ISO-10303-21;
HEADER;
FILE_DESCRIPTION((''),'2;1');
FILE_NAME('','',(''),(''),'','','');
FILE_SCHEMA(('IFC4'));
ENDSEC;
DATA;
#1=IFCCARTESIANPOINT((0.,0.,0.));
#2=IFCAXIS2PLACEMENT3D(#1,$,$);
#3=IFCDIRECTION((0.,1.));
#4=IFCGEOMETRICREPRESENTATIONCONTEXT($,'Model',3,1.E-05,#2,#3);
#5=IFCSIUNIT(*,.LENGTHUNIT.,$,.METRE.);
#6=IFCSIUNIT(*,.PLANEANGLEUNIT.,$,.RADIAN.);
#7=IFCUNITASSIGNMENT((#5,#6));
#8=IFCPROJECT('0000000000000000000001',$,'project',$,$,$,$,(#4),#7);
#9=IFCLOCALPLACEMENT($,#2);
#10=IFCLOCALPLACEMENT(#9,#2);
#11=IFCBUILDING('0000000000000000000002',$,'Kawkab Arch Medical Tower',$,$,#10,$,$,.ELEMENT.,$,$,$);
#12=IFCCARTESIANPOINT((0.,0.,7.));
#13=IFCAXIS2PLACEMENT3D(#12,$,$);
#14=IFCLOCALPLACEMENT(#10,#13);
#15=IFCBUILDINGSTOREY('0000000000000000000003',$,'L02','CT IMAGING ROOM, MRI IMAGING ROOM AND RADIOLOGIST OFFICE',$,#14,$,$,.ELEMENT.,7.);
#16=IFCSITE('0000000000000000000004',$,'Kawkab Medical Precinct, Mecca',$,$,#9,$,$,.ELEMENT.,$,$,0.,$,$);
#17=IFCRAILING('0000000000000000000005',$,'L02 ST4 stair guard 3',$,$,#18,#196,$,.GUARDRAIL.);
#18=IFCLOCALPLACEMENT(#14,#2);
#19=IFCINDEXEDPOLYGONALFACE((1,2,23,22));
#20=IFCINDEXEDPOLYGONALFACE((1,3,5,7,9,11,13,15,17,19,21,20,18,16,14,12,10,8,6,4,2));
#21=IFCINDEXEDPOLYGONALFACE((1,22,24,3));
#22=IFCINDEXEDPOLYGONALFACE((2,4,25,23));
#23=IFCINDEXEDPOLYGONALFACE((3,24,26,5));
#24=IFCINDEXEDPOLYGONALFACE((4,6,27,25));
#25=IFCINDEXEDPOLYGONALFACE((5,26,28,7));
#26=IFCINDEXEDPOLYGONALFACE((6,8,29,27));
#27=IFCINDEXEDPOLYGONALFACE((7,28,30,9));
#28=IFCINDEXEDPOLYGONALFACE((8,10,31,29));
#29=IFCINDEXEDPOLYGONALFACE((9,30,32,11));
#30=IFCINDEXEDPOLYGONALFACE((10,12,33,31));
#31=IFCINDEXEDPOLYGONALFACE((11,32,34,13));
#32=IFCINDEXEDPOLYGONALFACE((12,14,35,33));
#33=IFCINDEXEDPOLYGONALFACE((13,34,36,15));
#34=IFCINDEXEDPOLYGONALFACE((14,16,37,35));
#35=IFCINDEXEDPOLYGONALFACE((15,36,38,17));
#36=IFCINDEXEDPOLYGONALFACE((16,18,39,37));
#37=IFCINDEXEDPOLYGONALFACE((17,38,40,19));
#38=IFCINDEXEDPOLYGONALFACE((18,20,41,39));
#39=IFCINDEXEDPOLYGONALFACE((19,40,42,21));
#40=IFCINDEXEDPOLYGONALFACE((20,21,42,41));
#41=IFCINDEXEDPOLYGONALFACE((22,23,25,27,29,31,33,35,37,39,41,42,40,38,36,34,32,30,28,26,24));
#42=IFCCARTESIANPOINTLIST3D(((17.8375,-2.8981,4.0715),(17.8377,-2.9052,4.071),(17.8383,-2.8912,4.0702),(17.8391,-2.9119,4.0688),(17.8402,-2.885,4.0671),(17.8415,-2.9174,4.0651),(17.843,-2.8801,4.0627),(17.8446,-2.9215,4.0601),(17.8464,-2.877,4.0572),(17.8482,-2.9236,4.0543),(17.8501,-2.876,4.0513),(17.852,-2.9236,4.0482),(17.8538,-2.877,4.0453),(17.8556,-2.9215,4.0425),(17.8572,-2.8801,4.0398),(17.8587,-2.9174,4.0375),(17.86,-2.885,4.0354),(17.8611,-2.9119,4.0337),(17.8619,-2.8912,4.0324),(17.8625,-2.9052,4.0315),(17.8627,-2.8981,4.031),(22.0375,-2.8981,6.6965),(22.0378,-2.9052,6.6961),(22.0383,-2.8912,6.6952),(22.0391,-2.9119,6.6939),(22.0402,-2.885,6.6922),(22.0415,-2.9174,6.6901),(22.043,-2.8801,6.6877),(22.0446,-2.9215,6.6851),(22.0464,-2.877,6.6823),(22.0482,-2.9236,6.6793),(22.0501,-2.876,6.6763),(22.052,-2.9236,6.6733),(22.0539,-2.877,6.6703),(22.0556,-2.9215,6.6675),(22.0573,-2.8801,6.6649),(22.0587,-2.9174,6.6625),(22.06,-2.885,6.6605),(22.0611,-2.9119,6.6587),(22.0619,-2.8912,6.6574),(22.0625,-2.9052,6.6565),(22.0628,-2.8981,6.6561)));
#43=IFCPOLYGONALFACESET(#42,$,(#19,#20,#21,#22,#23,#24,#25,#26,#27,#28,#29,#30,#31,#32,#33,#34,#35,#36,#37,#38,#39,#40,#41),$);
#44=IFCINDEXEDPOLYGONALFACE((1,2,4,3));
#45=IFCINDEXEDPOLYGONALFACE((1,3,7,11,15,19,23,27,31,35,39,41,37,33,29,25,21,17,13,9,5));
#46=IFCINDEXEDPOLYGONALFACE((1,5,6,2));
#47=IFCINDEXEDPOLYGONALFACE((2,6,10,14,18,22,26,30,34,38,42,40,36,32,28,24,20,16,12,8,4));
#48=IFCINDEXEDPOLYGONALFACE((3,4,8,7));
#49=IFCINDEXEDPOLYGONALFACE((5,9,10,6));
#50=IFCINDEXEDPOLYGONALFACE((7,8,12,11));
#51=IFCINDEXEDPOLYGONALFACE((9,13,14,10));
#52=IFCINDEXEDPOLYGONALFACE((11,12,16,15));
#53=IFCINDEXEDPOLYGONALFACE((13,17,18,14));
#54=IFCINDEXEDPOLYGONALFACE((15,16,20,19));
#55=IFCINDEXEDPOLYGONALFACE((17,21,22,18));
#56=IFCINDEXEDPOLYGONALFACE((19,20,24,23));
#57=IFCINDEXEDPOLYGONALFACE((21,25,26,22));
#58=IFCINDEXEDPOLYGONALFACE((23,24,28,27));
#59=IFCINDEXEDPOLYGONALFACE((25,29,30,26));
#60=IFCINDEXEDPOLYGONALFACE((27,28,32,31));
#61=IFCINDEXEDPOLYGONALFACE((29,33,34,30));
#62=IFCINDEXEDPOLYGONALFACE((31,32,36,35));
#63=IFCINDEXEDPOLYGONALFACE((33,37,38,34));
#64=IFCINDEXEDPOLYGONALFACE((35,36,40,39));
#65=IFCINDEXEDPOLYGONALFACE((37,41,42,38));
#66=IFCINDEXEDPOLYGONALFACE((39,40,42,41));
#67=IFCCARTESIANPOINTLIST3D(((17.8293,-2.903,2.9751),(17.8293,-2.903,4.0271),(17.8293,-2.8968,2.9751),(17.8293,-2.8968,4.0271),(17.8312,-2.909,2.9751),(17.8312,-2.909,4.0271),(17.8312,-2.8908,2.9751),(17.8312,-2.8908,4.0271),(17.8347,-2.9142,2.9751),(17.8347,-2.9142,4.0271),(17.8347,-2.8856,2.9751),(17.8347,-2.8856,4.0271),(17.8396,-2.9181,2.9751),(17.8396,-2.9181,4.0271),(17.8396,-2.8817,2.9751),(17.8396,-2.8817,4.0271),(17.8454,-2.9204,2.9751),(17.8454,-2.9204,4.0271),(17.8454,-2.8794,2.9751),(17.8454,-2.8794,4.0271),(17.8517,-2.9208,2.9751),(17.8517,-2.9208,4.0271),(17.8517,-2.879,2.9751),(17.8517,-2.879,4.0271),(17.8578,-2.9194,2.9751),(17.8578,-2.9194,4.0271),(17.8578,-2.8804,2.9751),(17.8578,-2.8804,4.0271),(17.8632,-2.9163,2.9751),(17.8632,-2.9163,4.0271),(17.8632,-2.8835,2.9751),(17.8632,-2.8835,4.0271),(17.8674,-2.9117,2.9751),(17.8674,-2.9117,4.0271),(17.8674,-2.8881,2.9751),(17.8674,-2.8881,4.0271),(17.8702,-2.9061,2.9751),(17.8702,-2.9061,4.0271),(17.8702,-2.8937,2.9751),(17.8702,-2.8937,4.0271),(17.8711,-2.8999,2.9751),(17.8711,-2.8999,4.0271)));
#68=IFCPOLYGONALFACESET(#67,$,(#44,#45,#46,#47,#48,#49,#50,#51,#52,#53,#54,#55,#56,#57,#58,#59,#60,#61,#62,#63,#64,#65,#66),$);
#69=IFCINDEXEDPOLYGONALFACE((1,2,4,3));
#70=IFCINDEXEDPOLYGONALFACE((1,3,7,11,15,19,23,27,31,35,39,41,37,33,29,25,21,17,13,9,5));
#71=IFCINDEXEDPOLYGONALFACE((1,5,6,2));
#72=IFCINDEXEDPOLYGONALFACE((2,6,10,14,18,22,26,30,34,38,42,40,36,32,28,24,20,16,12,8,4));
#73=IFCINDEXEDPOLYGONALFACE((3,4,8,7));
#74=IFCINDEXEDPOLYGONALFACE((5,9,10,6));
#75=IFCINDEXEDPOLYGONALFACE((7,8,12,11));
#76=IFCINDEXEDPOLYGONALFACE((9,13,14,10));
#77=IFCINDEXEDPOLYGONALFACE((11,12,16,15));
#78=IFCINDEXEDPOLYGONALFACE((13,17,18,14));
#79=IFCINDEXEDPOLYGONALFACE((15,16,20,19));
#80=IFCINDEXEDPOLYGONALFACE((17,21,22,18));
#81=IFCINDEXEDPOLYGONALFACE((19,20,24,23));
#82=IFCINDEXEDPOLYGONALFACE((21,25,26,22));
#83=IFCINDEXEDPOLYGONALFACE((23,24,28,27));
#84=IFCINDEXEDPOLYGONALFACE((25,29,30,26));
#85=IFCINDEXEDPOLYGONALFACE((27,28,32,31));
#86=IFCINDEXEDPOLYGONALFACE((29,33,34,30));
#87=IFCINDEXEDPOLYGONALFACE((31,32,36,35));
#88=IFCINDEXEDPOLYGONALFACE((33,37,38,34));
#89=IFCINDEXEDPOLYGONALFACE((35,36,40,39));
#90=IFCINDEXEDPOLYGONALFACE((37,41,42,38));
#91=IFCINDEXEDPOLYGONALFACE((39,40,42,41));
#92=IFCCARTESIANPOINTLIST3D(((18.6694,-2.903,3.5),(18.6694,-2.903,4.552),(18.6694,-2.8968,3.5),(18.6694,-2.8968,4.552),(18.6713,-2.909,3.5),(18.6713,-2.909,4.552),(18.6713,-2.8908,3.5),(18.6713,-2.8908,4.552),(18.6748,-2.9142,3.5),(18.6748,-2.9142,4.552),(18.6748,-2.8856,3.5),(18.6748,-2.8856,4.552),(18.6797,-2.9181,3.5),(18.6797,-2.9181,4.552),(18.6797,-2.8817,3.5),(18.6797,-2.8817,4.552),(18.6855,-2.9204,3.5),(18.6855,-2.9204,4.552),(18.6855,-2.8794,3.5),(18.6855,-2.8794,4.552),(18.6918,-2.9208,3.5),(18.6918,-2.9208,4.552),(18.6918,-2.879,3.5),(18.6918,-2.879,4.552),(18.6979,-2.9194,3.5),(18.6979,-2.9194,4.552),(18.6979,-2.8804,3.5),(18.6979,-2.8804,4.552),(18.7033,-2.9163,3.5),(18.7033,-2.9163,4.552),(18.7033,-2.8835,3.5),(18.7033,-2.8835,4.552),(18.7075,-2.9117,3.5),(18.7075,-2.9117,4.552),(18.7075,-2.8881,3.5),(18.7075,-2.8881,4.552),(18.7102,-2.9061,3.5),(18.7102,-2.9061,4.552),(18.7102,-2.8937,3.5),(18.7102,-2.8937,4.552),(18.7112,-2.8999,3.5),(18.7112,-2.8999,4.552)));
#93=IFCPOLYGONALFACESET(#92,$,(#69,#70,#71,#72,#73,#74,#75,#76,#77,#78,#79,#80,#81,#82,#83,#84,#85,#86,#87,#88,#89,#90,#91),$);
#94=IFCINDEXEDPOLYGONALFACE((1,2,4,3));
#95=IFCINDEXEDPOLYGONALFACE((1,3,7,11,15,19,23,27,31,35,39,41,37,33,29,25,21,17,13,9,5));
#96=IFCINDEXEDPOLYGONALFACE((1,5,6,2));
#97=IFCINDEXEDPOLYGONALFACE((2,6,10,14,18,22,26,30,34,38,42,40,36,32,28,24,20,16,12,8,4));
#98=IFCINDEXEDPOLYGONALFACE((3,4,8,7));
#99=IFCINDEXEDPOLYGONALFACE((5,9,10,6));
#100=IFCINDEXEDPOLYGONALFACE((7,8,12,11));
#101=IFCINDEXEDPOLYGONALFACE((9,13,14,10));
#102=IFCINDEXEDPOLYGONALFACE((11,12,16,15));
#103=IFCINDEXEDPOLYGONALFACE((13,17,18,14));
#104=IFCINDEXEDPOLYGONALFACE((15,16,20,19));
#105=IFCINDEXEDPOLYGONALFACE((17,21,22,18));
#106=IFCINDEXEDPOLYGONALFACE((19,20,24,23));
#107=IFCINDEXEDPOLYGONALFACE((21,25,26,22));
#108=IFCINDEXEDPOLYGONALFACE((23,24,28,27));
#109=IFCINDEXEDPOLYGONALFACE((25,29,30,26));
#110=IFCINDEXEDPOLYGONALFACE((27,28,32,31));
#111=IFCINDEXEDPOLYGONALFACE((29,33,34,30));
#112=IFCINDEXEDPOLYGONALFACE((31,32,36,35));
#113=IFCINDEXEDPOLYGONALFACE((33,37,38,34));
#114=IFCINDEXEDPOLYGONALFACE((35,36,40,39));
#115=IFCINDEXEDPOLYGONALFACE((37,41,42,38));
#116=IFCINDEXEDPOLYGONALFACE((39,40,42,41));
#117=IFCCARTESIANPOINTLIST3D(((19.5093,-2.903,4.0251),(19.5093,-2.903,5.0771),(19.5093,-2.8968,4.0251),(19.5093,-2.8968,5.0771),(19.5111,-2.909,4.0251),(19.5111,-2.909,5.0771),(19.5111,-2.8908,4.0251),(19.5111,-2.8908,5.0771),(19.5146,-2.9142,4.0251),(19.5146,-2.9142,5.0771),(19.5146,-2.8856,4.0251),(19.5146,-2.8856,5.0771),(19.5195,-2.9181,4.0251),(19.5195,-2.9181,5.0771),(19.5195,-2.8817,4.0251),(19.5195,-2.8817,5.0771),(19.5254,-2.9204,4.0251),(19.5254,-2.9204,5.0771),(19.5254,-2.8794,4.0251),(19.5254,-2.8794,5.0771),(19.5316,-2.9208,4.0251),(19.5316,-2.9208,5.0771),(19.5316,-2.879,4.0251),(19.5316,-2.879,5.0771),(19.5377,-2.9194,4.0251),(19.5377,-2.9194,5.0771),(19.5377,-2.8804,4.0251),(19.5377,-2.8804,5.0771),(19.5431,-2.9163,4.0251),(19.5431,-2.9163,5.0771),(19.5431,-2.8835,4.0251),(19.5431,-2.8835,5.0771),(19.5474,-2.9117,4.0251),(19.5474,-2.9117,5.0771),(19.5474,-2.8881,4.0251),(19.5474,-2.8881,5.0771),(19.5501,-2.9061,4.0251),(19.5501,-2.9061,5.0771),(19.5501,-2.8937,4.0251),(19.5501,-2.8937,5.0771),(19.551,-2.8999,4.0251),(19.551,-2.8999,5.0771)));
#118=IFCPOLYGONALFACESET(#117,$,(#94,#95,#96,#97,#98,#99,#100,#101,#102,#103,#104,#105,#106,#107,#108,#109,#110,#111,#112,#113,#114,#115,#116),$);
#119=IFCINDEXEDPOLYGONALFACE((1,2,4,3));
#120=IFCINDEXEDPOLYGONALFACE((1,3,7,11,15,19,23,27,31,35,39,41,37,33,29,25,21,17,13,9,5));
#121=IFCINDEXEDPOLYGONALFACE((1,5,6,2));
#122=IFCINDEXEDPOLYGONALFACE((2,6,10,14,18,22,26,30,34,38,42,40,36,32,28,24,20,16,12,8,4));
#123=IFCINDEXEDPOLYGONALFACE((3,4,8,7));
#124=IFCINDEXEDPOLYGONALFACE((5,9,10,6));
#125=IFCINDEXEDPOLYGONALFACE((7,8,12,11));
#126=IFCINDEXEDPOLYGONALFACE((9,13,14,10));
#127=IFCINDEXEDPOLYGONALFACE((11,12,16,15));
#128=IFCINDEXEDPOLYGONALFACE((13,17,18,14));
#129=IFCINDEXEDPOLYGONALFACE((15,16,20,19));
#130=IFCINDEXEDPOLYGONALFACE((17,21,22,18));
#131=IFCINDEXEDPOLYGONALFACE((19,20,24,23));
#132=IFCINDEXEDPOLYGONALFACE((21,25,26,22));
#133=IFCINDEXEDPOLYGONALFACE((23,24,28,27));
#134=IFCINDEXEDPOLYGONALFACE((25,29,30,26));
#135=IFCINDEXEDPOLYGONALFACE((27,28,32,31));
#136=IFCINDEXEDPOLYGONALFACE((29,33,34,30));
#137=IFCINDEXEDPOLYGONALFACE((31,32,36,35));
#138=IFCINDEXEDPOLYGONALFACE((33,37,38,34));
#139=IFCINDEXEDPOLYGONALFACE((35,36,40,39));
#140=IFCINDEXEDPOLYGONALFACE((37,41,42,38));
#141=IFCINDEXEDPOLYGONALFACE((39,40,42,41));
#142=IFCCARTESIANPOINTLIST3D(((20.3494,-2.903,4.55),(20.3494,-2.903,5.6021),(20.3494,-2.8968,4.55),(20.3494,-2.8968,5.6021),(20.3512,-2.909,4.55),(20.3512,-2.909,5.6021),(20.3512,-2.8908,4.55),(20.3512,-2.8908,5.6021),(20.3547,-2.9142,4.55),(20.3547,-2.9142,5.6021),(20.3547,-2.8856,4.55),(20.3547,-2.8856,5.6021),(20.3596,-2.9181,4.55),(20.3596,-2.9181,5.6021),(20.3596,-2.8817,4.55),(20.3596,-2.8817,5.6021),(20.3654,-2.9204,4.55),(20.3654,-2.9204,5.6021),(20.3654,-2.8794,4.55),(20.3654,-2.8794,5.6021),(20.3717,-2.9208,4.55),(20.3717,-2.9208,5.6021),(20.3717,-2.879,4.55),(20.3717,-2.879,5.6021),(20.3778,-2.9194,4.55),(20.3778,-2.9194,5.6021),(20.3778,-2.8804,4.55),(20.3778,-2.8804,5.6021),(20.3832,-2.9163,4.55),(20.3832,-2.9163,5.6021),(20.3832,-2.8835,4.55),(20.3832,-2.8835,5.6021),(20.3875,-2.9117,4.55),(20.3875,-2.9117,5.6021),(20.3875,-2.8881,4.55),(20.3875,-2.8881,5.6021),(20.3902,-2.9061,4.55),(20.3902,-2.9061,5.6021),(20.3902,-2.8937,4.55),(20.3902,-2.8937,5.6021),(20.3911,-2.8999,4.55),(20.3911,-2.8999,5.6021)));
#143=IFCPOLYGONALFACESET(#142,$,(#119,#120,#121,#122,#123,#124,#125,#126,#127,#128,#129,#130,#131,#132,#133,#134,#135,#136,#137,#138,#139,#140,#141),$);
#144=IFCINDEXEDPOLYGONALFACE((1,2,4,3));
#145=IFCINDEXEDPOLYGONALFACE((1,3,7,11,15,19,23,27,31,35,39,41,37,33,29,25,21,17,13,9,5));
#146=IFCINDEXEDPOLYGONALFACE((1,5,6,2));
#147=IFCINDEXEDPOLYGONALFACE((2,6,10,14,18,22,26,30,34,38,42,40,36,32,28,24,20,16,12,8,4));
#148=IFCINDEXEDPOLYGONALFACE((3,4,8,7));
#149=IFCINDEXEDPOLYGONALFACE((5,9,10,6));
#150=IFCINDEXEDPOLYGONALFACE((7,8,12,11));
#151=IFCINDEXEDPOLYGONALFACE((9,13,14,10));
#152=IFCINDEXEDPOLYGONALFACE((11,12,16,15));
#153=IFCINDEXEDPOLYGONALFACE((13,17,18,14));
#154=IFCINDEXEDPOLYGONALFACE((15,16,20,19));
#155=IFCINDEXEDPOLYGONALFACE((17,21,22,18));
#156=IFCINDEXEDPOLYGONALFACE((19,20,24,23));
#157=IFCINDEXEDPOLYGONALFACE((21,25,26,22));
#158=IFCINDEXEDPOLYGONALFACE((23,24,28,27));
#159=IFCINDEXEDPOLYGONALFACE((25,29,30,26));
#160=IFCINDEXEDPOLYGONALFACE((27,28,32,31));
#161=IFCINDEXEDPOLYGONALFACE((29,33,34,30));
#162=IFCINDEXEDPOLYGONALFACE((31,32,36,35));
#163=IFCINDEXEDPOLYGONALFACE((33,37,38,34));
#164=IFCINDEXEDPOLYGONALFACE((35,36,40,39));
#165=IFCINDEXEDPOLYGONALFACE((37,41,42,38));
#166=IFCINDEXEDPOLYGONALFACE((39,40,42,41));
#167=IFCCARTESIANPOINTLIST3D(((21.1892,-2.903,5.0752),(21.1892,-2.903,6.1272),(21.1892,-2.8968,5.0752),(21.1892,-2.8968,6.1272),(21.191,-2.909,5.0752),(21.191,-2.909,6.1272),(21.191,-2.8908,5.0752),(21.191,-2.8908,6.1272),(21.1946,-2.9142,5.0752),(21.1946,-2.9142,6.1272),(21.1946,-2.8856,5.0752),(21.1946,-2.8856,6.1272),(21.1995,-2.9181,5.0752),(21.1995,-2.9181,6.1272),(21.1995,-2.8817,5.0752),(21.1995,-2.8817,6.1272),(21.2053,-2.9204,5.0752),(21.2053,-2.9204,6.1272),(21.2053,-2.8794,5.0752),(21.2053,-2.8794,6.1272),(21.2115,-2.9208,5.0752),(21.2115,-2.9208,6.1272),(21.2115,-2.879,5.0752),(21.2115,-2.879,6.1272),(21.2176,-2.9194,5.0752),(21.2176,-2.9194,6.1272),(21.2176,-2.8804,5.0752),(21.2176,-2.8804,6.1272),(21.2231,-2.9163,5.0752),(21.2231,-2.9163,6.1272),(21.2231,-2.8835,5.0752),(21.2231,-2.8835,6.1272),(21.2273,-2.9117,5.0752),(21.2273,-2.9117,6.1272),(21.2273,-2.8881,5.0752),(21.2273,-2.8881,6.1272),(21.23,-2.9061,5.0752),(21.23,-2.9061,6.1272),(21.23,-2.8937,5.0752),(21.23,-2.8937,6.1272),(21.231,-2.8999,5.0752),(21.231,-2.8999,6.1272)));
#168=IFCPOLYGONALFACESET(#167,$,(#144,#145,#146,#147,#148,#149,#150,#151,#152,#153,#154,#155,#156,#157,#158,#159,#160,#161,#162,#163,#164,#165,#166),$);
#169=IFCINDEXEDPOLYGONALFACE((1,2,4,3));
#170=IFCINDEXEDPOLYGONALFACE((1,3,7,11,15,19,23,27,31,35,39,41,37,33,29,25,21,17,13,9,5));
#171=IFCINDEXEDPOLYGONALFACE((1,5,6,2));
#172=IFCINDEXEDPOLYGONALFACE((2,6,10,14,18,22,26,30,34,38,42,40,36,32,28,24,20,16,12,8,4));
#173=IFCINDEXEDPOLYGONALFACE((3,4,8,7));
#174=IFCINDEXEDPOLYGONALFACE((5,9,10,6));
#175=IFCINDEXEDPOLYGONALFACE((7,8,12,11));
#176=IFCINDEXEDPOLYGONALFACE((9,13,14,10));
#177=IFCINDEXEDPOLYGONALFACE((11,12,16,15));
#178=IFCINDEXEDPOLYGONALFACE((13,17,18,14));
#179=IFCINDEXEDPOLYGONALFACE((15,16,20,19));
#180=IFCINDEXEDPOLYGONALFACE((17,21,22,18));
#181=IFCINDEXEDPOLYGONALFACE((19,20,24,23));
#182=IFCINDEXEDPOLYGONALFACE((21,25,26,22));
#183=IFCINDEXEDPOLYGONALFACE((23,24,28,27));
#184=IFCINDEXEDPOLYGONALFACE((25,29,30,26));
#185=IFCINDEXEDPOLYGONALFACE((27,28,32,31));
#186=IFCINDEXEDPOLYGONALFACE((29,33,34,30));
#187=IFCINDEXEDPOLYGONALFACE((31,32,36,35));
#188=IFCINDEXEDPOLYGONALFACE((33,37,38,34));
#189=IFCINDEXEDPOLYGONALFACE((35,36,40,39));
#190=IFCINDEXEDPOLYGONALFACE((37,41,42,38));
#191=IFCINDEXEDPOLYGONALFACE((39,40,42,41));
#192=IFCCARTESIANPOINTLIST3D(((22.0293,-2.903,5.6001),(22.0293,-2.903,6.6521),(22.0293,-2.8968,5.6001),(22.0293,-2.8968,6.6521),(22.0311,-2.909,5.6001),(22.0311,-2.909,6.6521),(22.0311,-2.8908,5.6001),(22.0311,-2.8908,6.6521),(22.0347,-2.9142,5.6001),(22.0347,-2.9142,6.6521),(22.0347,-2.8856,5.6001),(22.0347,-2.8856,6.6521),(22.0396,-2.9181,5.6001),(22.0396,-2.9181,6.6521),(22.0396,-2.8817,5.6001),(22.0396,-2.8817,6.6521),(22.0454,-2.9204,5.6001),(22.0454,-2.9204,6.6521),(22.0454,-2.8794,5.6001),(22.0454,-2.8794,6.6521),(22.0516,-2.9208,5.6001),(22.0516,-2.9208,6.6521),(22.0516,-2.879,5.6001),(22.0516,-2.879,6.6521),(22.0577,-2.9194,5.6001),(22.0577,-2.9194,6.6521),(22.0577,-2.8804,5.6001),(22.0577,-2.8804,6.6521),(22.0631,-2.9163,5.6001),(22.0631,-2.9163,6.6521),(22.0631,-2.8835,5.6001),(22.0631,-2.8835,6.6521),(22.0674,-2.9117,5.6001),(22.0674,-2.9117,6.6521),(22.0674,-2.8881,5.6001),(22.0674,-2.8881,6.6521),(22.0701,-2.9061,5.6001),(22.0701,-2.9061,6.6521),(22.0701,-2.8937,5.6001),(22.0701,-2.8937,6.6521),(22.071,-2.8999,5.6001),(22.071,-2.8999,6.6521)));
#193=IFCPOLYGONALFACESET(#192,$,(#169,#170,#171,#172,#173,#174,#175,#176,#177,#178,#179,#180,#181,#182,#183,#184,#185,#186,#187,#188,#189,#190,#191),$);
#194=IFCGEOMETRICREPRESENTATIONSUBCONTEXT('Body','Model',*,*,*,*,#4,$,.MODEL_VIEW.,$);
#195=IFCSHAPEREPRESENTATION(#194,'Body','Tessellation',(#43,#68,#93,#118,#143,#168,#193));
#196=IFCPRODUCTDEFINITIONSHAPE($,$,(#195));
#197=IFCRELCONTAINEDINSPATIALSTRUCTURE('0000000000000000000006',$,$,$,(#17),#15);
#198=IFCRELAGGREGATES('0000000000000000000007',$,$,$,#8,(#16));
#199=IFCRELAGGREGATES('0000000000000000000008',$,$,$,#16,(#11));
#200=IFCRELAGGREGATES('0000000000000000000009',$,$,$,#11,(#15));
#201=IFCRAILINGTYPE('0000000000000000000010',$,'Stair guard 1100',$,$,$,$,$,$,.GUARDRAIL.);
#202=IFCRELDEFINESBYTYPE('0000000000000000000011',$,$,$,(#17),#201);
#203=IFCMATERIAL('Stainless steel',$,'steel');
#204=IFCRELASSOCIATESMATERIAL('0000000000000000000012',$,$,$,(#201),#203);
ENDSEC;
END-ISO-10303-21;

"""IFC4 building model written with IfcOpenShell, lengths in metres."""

from ifc_helpers import new_model, si_unit, direction, frame, origin, origin_2d, place, context, subcontext, project, spatial, circle, extrude, material, type_object, element, save


model = new_model("IFC4")

# Units and contexts
model_context = context("Model", 3, precision=1e-05, world=origin(), true_north=direction((0.0, 1.0)))
body_context = subcontext(model_context, "Body", "Model", "MODEL_VIEW")
ifc_project = project(units=[si_unit("LENGTHUNIT", "METRE"), si_unit("PLANEANGLEUNIT", "RADIAN")], contexts=[model_context])

# Site, building, storey
site_placement = place(None, origin())
site = spatial("IfcSite", under=ifc_project, at=site_placement, Name="Kawkab Medical Precinct, Mecca", CompositionType="ELEMENT", RefElevation=0.0)
building_placement = place(site_placement, origin())
building = spatial("IfcBuilding", under=site, at=building_placement, Name="Kawkab Arch Medical Tower", CompositionType="ELEMENT")
storey_placement = place(building_placement, frame((0.0, 0.0, 7.0)))
storey = spatial("IfcBuildingStorey", under=building, at=storey_placement, Name="L02", Description="CT IMAGING ROOM, MRI IMAGING ROOM AND RADIOLOGIST OFFICE", CompositionType="ELEMENT", Elevation=7.0)

# Railing
ifc_material_1 = material(Name="Stainless steel", Category="steel")
railing_type = type_object("IfcRailingType", Name="Stair guard 1100", PredefinedType="GUARDRAIL", material=ifc_material_1)
railing_1_placement = place(storey_placement, frame((17.8501, -2.8999, 2.9751)))
element("IfcRailing", 1, at=railing_1_placement, inside=storey, type_object=railing_type, Name="L02 ST4 stair guard 3", PredefinedType="GUARDRAIL", context=body_context, shape_type="SweptSolid", body=[
    extrude(circle(Radius=0.0239, at=origin_2d()), frame((0.0, 0.0, 1.0762), z_axis=(0.847996, 0.0, 0.530003), x_axis=(0.0, 1.0, 0.0)), (0.0, 0.0, 1.0), 4.9529),
    extrude(circle(Radius=0.021, at=origin_2d()), origin(), (0.0, 0.0, 1.0), 1.052),
    extrude(circle(Radius=0.021, at=origin_2d()), frame((0.8401, 0.0, 0.5249)), (0.0, 0.0, 1.0), 1.052),
    extrude(circle(Radius=0.021, at=origin_2d()), frame((1.6799, 0.0, 1.05)), (0.0, 0.0, 1.0), 1.052),
    extrude(circle(Radius=0.021, at=origin_2d()), frame((2.52, 0.0, 1.575)), (0.0, 0.0, 1.0), 1.052),
    extrude(circle(Radius=0.021, at=origin_2d()), frame((3.3599, 0.0, 2.1001)), (0.0, 0.0, 1.0), 1.052),
    extrude(circle(Radius=0.021, at=origin_2d()), frame((4.2, 0.0, 2.625)), (0.0, 0.0, 1.0), 1.052),
])

save(model, "model.ifc")
